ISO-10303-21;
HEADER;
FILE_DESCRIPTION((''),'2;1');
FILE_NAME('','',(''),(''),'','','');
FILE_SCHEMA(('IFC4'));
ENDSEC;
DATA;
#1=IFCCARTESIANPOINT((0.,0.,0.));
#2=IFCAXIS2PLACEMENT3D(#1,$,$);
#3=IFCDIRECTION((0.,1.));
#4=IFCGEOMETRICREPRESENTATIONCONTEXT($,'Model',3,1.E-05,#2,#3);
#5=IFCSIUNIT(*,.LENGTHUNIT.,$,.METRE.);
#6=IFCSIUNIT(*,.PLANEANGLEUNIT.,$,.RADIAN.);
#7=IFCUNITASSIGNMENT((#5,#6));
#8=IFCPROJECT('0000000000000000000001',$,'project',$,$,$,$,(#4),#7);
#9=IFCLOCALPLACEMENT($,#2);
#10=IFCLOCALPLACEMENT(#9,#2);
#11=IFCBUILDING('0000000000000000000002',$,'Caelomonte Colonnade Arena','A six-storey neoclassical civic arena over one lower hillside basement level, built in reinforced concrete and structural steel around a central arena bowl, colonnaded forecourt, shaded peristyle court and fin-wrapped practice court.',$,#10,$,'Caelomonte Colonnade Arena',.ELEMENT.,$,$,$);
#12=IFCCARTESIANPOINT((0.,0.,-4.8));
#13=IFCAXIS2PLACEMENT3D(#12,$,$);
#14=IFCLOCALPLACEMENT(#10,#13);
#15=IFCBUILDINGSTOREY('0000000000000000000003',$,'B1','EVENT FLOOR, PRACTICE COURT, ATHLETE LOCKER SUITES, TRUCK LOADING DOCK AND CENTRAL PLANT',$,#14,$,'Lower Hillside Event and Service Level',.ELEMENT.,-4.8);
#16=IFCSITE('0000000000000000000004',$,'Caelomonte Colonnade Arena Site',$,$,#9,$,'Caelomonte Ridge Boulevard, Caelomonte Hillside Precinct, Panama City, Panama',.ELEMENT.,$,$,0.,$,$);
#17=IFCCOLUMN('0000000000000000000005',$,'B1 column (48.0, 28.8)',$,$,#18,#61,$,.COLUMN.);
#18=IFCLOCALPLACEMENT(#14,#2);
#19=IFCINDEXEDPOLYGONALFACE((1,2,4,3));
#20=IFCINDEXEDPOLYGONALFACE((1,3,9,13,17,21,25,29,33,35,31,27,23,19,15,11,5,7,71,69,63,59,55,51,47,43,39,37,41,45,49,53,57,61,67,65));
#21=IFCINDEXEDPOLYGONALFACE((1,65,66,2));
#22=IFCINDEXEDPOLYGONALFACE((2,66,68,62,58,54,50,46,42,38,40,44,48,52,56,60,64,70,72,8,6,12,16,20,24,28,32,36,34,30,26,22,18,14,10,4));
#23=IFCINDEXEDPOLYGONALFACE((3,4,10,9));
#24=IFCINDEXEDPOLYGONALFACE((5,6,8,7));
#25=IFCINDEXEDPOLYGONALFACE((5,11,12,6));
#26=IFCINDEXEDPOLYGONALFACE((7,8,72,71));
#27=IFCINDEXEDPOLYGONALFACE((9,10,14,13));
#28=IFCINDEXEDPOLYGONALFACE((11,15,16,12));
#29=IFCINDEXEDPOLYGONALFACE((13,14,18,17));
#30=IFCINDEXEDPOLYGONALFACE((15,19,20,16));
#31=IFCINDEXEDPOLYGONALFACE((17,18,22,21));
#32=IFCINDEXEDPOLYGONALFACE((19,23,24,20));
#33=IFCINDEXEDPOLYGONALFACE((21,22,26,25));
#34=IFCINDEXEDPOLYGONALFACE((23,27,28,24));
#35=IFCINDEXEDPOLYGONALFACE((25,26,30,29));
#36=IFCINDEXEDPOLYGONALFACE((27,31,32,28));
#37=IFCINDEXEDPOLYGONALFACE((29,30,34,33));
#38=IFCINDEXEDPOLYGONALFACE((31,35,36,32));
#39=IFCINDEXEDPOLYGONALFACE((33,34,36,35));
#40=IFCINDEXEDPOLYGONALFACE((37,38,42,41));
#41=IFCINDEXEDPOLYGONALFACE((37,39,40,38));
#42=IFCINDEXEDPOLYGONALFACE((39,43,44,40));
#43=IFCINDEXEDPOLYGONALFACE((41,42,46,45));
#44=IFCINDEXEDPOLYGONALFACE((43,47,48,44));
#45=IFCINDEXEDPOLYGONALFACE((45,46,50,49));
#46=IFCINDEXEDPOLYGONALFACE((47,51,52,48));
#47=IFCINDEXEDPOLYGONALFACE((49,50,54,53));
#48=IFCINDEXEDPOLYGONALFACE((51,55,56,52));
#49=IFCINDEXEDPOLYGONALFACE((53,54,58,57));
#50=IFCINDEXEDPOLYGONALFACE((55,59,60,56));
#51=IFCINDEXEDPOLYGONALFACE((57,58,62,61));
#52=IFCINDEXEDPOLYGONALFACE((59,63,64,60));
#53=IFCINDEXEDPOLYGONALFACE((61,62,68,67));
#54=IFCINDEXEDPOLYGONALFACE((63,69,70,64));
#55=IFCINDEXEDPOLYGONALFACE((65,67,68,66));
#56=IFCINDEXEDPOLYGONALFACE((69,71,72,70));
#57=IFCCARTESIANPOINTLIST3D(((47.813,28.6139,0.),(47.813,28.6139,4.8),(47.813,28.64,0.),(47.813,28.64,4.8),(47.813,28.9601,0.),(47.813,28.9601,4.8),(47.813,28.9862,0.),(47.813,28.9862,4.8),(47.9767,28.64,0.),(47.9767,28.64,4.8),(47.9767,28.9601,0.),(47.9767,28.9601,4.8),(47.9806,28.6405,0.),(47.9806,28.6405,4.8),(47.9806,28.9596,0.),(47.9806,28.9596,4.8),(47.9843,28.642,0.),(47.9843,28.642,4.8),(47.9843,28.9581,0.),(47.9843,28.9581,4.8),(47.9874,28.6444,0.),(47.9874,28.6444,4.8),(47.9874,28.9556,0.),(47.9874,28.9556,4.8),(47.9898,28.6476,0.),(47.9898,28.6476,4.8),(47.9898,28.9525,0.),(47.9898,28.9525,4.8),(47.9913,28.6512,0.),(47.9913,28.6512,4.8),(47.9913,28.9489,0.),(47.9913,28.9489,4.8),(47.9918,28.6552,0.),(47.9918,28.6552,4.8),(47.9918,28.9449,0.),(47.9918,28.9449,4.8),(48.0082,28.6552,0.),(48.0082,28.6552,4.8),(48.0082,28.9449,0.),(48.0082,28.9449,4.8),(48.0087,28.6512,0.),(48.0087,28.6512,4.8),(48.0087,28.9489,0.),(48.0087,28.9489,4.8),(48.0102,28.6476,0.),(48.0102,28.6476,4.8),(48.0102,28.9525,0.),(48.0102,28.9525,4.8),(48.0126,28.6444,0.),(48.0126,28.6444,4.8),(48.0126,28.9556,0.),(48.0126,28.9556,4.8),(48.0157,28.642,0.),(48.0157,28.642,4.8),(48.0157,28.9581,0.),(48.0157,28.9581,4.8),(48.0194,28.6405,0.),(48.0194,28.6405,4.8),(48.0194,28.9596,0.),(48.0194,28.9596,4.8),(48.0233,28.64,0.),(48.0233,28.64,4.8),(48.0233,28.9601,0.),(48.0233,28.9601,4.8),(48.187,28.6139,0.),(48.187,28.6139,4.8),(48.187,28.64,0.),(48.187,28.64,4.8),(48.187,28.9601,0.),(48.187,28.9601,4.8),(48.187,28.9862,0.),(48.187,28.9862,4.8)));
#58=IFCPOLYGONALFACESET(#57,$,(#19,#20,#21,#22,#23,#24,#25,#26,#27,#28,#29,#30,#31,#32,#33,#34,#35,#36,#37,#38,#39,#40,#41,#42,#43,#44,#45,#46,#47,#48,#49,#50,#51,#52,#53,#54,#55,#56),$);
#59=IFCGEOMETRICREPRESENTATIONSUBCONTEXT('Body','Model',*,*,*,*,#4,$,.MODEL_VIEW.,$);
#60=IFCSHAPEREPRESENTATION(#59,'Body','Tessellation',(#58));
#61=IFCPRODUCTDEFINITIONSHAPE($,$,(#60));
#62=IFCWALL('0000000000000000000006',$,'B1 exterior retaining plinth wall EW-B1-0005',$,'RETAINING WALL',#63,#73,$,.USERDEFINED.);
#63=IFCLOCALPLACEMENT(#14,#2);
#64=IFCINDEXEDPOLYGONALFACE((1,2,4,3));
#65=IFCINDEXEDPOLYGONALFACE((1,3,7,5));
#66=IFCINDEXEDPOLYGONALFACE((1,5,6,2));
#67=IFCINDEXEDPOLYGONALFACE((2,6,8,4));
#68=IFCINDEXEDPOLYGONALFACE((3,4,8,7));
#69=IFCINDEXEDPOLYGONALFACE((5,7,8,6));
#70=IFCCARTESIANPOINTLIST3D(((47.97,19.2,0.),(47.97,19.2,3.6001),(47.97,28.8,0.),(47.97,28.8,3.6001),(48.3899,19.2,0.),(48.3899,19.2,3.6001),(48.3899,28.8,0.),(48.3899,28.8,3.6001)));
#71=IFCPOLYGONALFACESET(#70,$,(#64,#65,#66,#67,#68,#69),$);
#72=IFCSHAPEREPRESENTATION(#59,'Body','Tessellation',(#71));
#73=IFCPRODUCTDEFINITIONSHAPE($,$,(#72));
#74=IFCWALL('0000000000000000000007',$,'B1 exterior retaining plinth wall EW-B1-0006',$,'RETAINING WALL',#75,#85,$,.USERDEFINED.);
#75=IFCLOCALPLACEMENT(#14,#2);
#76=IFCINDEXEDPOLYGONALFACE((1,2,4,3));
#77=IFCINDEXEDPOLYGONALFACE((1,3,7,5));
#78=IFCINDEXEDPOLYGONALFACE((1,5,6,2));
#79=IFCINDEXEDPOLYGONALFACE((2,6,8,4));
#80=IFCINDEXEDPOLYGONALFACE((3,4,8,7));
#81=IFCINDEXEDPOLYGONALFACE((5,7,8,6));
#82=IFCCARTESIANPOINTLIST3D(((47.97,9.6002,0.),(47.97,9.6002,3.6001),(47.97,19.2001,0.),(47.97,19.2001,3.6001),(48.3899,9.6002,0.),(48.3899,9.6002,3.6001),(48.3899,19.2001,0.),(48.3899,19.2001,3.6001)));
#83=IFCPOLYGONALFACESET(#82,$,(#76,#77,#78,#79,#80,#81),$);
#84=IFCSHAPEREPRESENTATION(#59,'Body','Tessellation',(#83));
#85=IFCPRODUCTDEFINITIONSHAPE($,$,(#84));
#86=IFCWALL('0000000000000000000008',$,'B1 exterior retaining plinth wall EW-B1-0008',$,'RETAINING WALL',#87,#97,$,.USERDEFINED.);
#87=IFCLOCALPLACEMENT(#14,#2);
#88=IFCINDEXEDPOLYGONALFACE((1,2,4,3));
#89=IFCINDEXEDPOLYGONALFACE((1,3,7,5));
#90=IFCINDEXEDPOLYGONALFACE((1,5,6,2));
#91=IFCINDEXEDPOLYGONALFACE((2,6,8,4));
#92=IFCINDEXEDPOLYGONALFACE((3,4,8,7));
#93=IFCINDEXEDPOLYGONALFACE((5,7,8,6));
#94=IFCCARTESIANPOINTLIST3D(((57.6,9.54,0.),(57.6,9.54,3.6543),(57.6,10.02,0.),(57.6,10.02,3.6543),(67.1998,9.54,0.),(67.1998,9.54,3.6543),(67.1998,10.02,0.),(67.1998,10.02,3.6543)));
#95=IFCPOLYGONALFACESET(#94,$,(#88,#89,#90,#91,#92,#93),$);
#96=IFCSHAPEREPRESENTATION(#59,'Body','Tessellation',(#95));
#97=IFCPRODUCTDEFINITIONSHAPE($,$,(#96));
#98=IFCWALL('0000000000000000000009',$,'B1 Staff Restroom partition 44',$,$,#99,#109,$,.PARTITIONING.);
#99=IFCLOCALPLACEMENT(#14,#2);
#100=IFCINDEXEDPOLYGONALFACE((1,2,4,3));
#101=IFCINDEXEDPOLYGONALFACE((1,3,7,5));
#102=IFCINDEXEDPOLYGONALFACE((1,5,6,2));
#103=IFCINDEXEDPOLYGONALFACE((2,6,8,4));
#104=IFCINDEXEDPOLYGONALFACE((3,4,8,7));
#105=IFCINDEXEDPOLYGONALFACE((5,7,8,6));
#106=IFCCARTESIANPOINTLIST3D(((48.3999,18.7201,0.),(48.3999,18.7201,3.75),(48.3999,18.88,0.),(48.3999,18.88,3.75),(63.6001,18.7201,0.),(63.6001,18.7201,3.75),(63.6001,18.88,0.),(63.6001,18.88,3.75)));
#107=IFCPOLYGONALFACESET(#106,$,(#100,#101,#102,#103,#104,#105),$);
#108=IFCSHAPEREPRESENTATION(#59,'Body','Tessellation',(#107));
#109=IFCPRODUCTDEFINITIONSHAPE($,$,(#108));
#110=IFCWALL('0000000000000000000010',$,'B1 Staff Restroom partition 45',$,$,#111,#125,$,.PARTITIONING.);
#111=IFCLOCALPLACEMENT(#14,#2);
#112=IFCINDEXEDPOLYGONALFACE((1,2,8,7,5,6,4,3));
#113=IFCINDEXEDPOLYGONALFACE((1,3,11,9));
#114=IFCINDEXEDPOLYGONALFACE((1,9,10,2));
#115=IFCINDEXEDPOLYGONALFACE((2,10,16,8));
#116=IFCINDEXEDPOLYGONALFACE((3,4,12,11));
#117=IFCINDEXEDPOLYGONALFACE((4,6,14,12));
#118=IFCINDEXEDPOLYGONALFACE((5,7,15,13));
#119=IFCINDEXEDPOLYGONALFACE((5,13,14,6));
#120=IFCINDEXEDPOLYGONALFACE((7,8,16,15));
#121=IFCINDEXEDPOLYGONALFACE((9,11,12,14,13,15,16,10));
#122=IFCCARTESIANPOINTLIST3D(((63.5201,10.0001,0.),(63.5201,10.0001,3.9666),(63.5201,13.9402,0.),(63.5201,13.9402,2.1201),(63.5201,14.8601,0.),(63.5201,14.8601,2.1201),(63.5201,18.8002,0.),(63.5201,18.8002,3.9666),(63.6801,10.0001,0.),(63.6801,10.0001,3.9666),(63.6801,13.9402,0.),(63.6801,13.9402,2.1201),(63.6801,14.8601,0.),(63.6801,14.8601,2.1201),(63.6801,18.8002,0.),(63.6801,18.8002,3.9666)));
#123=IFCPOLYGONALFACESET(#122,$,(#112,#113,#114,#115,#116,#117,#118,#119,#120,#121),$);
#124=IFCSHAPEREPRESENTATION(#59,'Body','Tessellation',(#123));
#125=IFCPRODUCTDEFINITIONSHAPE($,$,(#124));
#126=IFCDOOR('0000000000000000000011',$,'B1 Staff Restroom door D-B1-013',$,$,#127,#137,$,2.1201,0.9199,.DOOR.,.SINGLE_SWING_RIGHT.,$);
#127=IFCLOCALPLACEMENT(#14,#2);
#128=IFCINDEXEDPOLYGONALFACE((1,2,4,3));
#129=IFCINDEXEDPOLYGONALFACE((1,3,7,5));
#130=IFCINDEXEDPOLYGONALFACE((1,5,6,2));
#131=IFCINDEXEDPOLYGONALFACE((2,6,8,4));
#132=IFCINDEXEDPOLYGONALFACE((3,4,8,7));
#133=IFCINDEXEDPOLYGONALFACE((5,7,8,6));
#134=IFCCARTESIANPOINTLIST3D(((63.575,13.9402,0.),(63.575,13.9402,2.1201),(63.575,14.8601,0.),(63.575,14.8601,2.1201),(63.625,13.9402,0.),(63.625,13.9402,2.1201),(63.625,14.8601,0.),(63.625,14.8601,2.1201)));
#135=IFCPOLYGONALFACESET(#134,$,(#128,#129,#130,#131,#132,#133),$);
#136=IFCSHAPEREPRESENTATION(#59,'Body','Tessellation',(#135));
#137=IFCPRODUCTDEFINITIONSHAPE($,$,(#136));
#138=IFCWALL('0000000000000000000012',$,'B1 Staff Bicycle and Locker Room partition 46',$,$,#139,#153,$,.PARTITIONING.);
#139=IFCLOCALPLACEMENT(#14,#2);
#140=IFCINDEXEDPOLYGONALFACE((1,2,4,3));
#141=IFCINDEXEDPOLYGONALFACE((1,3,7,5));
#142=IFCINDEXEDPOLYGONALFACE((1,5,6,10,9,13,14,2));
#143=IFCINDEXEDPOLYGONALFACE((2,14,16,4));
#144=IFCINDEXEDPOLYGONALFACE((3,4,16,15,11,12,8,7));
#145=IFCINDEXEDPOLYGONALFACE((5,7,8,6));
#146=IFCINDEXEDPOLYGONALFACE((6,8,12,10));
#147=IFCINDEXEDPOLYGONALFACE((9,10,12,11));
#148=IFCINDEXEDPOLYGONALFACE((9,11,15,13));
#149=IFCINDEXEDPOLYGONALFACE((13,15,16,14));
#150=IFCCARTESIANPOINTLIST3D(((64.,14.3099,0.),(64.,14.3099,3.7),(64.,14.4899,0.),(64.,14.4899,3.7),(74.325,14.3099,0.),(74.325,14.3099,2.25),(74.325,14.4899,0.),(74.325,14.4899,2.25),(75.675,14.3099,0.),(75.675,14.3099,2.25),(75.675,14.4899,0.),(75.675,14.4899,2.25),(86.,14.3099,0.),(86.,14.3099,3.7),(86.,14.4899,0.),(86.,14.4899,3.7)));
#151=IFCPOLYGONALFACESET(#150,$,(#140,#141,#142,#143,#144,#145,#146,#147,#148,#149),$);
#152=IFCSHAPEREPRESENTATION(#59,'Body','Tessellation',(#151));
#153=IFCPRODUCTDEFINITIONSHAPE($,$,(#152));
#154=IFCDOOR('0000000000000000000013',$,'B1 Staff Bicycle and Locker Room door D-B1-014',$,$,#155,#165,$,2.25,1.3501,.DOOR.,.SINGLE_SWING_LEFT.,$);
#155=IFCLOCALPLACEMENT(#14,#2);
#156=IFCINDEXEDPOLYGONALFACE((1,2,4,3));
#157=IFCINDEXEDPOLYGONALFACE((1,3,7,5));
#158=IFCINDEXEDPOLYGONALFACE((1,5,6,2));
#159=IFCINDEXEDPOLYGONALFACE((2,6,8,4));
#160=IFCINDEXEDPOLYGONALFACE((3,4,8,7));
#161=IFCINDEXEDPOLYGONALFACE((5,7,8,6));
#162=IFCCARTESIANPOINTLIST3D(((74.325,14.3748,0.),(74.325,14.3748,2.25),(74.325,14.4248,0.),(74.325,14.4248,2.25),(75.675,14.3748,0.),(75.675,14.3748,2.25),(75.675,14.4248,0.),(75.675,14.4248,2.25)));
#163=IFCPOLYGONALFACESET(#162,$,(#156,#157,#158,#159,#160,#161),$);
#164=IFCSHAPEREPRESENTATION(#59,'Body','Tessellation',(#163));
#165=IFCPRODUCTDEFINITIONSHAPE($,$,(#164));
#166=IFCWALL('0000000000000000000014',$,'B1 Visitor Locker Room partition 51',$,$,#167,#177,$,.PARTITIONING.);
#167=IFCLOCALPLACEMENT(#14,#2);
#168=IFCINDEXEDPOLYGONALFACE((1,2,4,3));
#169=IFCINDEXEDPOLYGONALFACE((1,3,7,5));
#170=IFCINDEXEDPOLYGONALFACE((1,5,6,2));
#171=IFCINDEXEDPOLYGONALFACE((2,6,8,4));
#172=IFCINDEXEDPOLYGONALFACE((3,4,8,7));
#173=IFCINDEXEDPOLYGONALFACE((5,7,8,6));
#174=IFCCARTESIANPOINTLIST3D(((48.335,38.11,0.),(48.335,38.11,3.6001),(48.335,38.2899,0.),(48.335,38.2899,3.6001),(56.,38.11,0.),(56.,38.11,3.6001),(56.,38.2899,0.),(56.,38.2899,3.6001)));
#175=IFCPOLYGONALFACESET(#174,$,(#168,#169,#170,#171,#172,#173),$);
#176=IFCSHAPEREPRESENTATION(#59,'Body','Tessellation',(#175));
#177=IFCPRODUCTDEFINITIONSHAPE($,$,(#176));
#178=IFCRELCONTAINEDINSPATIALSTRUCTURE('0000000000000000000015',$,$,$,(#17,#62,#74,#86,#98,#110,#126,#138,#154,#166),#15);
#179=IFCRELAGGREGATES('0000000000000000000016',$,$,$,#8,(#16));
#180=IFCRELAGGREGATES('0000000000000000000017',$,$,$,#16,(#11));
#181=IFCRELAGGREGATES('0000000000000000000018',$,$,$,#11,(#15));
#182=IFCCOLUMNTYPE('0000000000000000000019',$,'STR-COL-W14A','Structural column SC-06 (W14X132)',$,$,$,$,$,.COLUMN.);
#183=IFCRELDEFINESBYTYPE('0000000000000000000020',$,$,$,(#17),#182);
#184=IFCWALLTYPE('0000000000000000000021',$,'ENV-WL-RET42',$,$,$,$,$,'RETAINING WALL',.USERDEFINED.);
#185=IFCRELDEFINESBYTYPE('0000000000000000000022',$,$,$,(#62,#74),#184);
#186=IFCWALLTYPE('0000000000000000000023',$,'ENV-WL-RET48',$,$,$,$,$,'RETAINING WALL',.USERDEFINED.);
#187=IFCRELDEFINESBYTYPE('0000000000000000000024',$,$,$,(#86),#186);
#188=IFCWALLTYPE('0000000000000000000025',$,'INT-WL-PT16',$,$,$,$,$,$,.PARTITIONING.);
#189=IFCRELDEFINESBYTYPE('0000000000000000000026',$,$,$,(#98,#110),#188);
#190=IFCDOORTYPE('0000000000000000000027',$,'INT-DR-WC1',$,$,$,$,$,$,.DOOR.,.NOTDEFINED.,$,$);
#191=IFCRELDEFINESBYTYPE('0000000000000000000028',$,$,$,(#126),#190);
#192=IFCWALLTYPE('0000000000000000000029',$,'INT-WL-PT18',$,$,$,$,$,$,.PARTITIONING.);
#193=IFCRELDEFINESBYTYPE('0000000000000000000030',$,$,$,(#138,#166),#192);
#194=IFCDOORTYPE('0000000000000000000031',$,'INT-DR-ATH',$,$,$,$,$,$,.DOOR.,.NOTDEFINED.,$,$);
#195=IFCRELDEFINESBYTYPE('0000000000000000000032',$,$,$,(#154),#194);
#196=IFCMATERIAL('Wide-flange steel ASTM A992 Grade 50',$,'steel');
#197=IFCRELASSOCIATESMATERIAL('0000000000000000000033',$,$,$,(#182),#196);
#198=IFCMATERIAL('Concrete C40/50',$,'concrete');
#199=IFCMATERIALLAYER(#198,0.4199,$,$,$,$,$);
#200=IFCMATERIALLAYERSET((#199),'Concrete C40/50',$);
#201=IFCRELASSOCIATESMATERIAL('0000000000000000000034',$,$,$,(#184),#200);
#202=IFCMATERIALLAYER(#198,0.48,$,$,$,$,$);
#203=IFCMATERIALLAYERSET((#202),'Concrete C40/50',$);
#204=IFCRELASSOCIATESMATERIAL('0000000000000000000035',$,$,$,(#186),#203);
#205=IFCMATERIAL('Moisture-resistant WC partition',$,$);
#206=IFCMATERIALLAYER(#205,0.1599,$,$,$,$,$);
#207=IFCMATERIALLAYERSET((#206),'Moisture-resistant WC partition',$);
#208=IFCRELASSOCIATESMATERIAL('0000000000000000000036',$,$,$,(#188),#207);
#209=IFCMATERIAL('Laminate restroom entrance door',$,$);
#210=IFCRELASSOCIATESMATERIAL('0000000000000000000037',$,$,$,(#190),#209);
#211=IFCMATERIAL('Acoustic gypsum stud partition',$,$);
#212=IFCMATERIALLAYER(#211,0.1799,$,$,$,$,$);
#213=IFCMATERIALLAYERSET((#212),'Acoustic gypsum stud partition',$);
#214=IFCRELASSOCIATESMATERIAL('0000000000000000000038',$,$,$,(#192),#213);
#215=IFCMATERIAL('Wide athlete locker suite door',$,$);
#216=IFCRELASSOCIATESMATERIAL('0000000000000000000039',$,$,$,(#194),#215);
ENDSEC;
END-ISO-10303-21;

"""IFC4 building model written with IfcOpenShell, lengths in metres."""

from ifc_helpers import new_model, si_unit, direction, frame, frame_2d, origin, origin_2d, place, context, subcontext, project, spatial, rectangle, i_section, extrude, material, layer, layer_set, material_profile, profile_set, type_object, element, fill, save


model = new_model("IFC4")

# Units and contexts
model_context = context("Model", 3, precision=1e-05, world=origin(), true_north=direction((0.0, 1.0)))
body_context = subcontext(model_context, "Body", "Model", "MODEL_VIEW")
ifc_project = project(units=[si_unit("LENGTHUNIT", "METRE"), si_unit("PLANEANGLEUNIT", "RADIAN")], contexts=[model_context])

# Site, building, storey
site_placement = place(None, origin())
site = spatial("IfcSite", under=ifc_project, at=site_placement, Name="Caelomonte Colonnade Arena Site", LongName="Caelomonte Ridge Boulevard, Caelomonte Hillside Precinct, Panama City, Panama", CompositionType="ELEMENT", RefElevation=0.0)
building_placement = place(site_placement, origin())
building = spatial("IfcBuilding", under=site, at=building_placement, Name="Caelomonte Colonnade Arena", Description="A six-storey neoclassical civic arena over one lower hillside basement level, built in reinforced concrete and structural steel around a central arena bowl, colonnaded forecourt, shaded peristyle court and fin-wrapped practice court.", LongName="Caelomonte Colonnade Arena", CompositionType="ELEMENT")
storey_placement = place(building_placement, frame((0.0, 0.0, -4.8)))
storey = spatial("IfcBuildingStorey", under=building, at=storey_placement, Name="B1", Description="EVENT FLOOR, PRACTICE COURT, ATHLETE LOCKER SUITES, TRUCK LOADING DOCK AND CENTRAL PLANT", LongName="Lower Hillside Event and Service Level", CompositionType="ELEMENT", Elevation=-4.8)

# Shared definitions
ifc_material_1 = material(Name="Concrete C40/50", Category="concrete")

# Column
ifc_material_2 = material(Name="Wide-flange steel ASTM A992 Grade 50", Category="steel")
ifc_material_profile_1 = material_profile(ifc_material_2, i_section(OverallWidth=0.374, OverallDepth=0.3723, WebThickness=0.0164, FlangeThickness=0.0261, FilletRadius=0.0151, at=origin_2d()), Name="W14X132")
ifc_profile_set_1 = profile_set([ifc_material_profile_1], Name="Wide-flange steel ASTM A992 Grade 50")
column_type_1 = type_object("IfcColumnType", Name="STR-COL-W14A", Description="Structural column SC-06 (W14X132)", PredefinedType="COLUMN", material=ifc_profile_set_1)
column_placement = place(storey_placement, frame((48.0, 28.8, 0.0), z_axis=(0.0, 0.0, 1.0), x_axis=(1.0, 0.0, 0.0)))
element("IfcColumn", 1, at=column_placement, inside=storey, type_object=column_type_1, Name="B1 column (48.0, 28.8)", PredefinedType="COLUMN", context=body_context, shape_type="SweptSolid", body=[
    extrude(i_section(OverallWidth=0.374, OverallDepth=0.3723, WebThickness=0.0164, FlangeThickness=0.0261, FilletRadius=0.0151, at=origin_2d()), origin(), (0.0, 0.0, 1.0), 4.8),
])

# Walls
ifc_layer_1 = layer(ifc_material_1, 0.4199)
ifc_layer_set_1 = layer_set([ifc_layer_1], Name="Concrete C40/50")
wall_type_1 = type_object("IfcWallType", Name="ENV-WL-RET42", ElementType="RETAINING WALL", PredefinedType="USERDEFINED", material=ifc_layer_set_1)
wall_1_placement = place(storey_placement, frame((48.1799, 28.8, 0.0), z_axis=(0.0, 0.0, 1.0), x_axis=(0.0, -1.0, 0.0)))
element("IfcWall", 2, at=wall_1_placement, inside=storey, type_object=wall_type_1, Name="B1 exterior retaining plinth wall EW-B1-0005", ObjectType="RETAINING WALL", PredefinedType="USERDEFINED", context=body_context, shape_type="SweptSolid", body=[
    extrude(rectangle(XDim=9.6001, YDim=0.4199, at=frame_2d((4.8, 0.0))), origin(), (0.0, 0.0, 1.0), 3.6001),
])
wall_2_placement = place(storey_placement, frame((48.1799, 19.2, 0.0), z_axis=(0.0, 0.0, 1.0), x_axis=(0.0, -1.0, 0.0)))
element("IfcWall", 3, at=wall_2_placement, inside=storey, type_object=wall_type_1, Name="B1 exterior retaining plinth wall EW-B1-0006", ObjectType="RETAINING WALL", PredefinedType="USERDEFINED", context=body_context, shape_type="SweptSolid", body=[
    extrude(rectangle(XDim=9.5999, YDim=0.4199, at=frame_2d((4.7998, 0.0))), origin(), (0.0, 0.0, 1.0), 3.6001),
])
ifc_layer_2 = layer(ifc_material_1, 0.48)
ifc_layer_set_2 = layer_set([ifc_layer_2], Name="Concrete C40/50")
wall_type_2 = type_object("IfcWallType", Name="ENV-WL-RET48", ElementType="RETAINING WALL", PredefinedType="USERDEFINED", material=ifc_layer_set_2)
wall_3_placement = place(storey_placement, frame((57.6001, 9.78, 0.0), z_axis=(0.0, 0.0, 1.0), x_axis=(1.0, 0.0, 0.0)))
element("IfcWall", 4, at=wall_3_placement, inside=storey, type_object=wall_type_2, Name="B1 exterior retaining plinth wall EW-B1-0008", ObjectType="RETAINING WALL", PredefinedType="USERDEFINED", context=body_context, shape_type="SweptSolid", body=[
    extrude(rectangle(XDim=9.5999, YDim=0.48, at=frame_2d((4.7998, 0.0))), origin(), (0.0, 0.0, 1.0), 3.6543),
])
ifc_material_3 = material(Name="Moisture-resistant WC partition")
ifc_layer_3 = layer(ifc_material_3, 0.1599)
ifc_layer_set_3 = layer_set([ifc_layer_3], Name="Moisture-resistant WC partition")
wall_type_3 = type_object("IfcWallType", Name="INT-WL-PT16", PredefinedType="PARTITIONING", material=ifc_layer_set_3)
wall_4_placement = place(storey_placement, frame((48.3999, 18.8, 0.0), z_axis=(0.0, 0.0, 1.0), x_axis=(1.0, 0.0, 0.0)))
element("IfcWall", 5, at=wall_4_placement, inside=storey, type_object=wall_type_3, Name="B1 Staff Restroom partition 44", PredefinedType="PARTITIONING", context=body_context, shape_type="SweptSolid", body=[
    extrude(rectangle(XDim=15.2002, YDim=0.1599, at=frame_2d((7.6001, 0.0))), origin(), (0.0, 0.0, 1.0), 3.75),
])

# Walls, openings, doors
wall_5_placement = place(storey_placement, frame((63.6001, 18.8, 0.0), z_axis=(0.0, 0.0, 1.0), x_axis=(0.0, -1.0, 0.0)))
wall_5 = element("IfcWall", 6, at=wall_5_placement, inside=storey, type_object=wall_type_3, Name="B1 Staff Restroom partition 45", PredefinedType="PARTITIONING", context=body_context, shape_type="SweptSolid", body=[
    extrude(rectangle(XDim=8.8, YDim=0.1599, at=frame_2d((4.3999, 0.0))), origin(), (0.0, 0.0, 1.0), 3.9666),
])
opening_1_placement = place(wall_5_placement, frame((3.9399, 0.0, 0.0), z_axis=(0.0, 0.0, 1.0), x_axis=(1.0, 0.0, 0.0)))
opening_1 = element("IfcOpeningElement", 7, at=opening_1_placement, cuts=wall_5, PredefinedType="OPENING", context=body_context, shape_type="SweptSolid", body=[
    extrude(rectangle(XDim=0.9199, YDim=2.1201, at=frame_2d((0.46, 1.0601))), frame((0.0, 0.0898, 0.0), z_axis=(0.0, -1.0, 0.0), x_axis=(1.0, 0.0, 0.0)), (0.0, 0.0, 1.0), 0.1799),
])
ifc_material_4 = material(Name="Laminate restroom entrance door")
door_type_1 = type_object("IfcDoorType", Name="INT-DR-WC1", OperationType="NOTDEFINED", PredefinedType="DOOR", material=ifc_material_4)
door_1_placement = place(opening_1_placement, origin())
door_1 = element("IfcDoor", 8, at=door_1_placement, inside=storey, type_object=door_type_1, Name="B1 Staff Restroom door D-B1-013", OperationType="SINGLE_SWING_RIGHT", OverallHeight=2.1201, OverallWidth=0.9199, PredefinedType="DOOR", context=body_context, shape_type="SweptSolid", body=[
    extrude(rectangle(XDim=0.9199, YDim=2.1201, at=frame_2d((0.46, 1.0601))), frame((0.0, 0.0249, 0.0), z_axis=(0.0, -1.0, 0.0), x_axis=(1.0, 0.0, 0.0)), (0.0, 0.0, 1.0), 0.05),
])
fill(opening_1, door_1)
ifc_material_5 = material(Name="Acoustic gypsum stud partition")
ifc_layer_4 = layer(ifc_material_5, 0.1799)
ifc_layer_set_4 = layer_set([ifc_layer_4], Name="Acoustic gypsum stud partition")
wall_type_4 = type_object("IfcWallType", Name="INT-WL-PT18", PredefinedType="PARTITIONING", material=ifc_layer_set_4)
wall_6_placement = place(storey_placement, frame((64.0, 14.3999, 0.0), z_axis=(0.0, 0.0, 1.0), x_axis=(1.0, 0.0, 0.0)))
wall_6 = element("IfcWall", 9, at=wall_6_placement, inside=storey, type_object=wall_type_4, Name="B1 Staff Bicycle and Locker Room partition 46", PredefinedType="PARTITIONING", context=body_context, shape_type="SweptSolid", body=[
    extrude(rectangle(XDim=22.0, YDim=0.1799, at=frame_2d((11.0, 0.0))), origin(), (0.0, 0.0, 1.0), 3.7),
])
opening_2_placement = place(wall_6_placement, frame((10.325, 0.0, 0.0), z_axis=(0.0, 0.0, 1.0), x_axis=(1.0, 0.0, 0.0)))
opening_2 = element("IfcOpeningElement", 10, at=opening_2_placement, cuts=wall_6, PredefinedType="OPENING", context=body_context, shape_type="SweptSolid", body=[
    extrude(rectangle(XDim=1.3501, YDim=2.25, at=frame_2d((0.675, 1.125))), frame((0.0, 0.0999, 0.0), z_axis=(0.0, -1.0, 0.0), x_axis=(1.0, 0.0, 0.0)), (0.0, 0.0, 1.0), 0.2),
])
ifc_material_6 = material(Name="Wide athlete locker suite door")
door_type_2 = type_object("IfcDoorType", Name="INT-DR-ATH", OperationType="NOTDEFINED", PredefinedType="DOOR", material=ifc_material_6)
door_2_placement = place(opening_2_placement, origin())
door_2 = element("IfcDoor", 11, at=door_2_placement, inside=storey, type_object=door_type_2, Name="B1 Staff Bicycle and Locker Room door D-B1-014", OperationType="SINGLE_SWING_LEFT", OverallHeight=2.25, OverallWidth=1.3501, PredefinedType="DOOR", context=body_context, shape_type="SweptSolid", body=[
    extrude(rectangle(XDim=1.3501, YDim=2.25, at=frame_2d((0.675, 1.125))), frame((0.0, 0.0249, 0.0), z_axis=(0.0, -1.0, 0.0), x_axis=(1.0, 0.0, 0.0)), (0.0, 0.0, 1.0), 0.05),
])
fill(opening_2, door_2)

# Wall
wall_7_placement = place(storey_placement, frame((48.335, 38.2, 0.0), z_axis=(0.0, 0.0, 1.0), x_axis=(1.0, 0.0, 0.0)))
element("IfcWall", 12, at=wall_7_placement, inside=storey, type_object=wall_type_4, Name="B1 Visitor Locker Room partition 51", PredefinedType="PARTITIONING", context=body_context, shape_type="SweptSolid", body=[
    extrude(rectangle(XDim=7.665, YDim=0.1799, at=frame_2d((3.8325, 0.0))), origin(), (0.0, 0.0, 1.0), 3.6001),
])

save(model, "model.ifc")
